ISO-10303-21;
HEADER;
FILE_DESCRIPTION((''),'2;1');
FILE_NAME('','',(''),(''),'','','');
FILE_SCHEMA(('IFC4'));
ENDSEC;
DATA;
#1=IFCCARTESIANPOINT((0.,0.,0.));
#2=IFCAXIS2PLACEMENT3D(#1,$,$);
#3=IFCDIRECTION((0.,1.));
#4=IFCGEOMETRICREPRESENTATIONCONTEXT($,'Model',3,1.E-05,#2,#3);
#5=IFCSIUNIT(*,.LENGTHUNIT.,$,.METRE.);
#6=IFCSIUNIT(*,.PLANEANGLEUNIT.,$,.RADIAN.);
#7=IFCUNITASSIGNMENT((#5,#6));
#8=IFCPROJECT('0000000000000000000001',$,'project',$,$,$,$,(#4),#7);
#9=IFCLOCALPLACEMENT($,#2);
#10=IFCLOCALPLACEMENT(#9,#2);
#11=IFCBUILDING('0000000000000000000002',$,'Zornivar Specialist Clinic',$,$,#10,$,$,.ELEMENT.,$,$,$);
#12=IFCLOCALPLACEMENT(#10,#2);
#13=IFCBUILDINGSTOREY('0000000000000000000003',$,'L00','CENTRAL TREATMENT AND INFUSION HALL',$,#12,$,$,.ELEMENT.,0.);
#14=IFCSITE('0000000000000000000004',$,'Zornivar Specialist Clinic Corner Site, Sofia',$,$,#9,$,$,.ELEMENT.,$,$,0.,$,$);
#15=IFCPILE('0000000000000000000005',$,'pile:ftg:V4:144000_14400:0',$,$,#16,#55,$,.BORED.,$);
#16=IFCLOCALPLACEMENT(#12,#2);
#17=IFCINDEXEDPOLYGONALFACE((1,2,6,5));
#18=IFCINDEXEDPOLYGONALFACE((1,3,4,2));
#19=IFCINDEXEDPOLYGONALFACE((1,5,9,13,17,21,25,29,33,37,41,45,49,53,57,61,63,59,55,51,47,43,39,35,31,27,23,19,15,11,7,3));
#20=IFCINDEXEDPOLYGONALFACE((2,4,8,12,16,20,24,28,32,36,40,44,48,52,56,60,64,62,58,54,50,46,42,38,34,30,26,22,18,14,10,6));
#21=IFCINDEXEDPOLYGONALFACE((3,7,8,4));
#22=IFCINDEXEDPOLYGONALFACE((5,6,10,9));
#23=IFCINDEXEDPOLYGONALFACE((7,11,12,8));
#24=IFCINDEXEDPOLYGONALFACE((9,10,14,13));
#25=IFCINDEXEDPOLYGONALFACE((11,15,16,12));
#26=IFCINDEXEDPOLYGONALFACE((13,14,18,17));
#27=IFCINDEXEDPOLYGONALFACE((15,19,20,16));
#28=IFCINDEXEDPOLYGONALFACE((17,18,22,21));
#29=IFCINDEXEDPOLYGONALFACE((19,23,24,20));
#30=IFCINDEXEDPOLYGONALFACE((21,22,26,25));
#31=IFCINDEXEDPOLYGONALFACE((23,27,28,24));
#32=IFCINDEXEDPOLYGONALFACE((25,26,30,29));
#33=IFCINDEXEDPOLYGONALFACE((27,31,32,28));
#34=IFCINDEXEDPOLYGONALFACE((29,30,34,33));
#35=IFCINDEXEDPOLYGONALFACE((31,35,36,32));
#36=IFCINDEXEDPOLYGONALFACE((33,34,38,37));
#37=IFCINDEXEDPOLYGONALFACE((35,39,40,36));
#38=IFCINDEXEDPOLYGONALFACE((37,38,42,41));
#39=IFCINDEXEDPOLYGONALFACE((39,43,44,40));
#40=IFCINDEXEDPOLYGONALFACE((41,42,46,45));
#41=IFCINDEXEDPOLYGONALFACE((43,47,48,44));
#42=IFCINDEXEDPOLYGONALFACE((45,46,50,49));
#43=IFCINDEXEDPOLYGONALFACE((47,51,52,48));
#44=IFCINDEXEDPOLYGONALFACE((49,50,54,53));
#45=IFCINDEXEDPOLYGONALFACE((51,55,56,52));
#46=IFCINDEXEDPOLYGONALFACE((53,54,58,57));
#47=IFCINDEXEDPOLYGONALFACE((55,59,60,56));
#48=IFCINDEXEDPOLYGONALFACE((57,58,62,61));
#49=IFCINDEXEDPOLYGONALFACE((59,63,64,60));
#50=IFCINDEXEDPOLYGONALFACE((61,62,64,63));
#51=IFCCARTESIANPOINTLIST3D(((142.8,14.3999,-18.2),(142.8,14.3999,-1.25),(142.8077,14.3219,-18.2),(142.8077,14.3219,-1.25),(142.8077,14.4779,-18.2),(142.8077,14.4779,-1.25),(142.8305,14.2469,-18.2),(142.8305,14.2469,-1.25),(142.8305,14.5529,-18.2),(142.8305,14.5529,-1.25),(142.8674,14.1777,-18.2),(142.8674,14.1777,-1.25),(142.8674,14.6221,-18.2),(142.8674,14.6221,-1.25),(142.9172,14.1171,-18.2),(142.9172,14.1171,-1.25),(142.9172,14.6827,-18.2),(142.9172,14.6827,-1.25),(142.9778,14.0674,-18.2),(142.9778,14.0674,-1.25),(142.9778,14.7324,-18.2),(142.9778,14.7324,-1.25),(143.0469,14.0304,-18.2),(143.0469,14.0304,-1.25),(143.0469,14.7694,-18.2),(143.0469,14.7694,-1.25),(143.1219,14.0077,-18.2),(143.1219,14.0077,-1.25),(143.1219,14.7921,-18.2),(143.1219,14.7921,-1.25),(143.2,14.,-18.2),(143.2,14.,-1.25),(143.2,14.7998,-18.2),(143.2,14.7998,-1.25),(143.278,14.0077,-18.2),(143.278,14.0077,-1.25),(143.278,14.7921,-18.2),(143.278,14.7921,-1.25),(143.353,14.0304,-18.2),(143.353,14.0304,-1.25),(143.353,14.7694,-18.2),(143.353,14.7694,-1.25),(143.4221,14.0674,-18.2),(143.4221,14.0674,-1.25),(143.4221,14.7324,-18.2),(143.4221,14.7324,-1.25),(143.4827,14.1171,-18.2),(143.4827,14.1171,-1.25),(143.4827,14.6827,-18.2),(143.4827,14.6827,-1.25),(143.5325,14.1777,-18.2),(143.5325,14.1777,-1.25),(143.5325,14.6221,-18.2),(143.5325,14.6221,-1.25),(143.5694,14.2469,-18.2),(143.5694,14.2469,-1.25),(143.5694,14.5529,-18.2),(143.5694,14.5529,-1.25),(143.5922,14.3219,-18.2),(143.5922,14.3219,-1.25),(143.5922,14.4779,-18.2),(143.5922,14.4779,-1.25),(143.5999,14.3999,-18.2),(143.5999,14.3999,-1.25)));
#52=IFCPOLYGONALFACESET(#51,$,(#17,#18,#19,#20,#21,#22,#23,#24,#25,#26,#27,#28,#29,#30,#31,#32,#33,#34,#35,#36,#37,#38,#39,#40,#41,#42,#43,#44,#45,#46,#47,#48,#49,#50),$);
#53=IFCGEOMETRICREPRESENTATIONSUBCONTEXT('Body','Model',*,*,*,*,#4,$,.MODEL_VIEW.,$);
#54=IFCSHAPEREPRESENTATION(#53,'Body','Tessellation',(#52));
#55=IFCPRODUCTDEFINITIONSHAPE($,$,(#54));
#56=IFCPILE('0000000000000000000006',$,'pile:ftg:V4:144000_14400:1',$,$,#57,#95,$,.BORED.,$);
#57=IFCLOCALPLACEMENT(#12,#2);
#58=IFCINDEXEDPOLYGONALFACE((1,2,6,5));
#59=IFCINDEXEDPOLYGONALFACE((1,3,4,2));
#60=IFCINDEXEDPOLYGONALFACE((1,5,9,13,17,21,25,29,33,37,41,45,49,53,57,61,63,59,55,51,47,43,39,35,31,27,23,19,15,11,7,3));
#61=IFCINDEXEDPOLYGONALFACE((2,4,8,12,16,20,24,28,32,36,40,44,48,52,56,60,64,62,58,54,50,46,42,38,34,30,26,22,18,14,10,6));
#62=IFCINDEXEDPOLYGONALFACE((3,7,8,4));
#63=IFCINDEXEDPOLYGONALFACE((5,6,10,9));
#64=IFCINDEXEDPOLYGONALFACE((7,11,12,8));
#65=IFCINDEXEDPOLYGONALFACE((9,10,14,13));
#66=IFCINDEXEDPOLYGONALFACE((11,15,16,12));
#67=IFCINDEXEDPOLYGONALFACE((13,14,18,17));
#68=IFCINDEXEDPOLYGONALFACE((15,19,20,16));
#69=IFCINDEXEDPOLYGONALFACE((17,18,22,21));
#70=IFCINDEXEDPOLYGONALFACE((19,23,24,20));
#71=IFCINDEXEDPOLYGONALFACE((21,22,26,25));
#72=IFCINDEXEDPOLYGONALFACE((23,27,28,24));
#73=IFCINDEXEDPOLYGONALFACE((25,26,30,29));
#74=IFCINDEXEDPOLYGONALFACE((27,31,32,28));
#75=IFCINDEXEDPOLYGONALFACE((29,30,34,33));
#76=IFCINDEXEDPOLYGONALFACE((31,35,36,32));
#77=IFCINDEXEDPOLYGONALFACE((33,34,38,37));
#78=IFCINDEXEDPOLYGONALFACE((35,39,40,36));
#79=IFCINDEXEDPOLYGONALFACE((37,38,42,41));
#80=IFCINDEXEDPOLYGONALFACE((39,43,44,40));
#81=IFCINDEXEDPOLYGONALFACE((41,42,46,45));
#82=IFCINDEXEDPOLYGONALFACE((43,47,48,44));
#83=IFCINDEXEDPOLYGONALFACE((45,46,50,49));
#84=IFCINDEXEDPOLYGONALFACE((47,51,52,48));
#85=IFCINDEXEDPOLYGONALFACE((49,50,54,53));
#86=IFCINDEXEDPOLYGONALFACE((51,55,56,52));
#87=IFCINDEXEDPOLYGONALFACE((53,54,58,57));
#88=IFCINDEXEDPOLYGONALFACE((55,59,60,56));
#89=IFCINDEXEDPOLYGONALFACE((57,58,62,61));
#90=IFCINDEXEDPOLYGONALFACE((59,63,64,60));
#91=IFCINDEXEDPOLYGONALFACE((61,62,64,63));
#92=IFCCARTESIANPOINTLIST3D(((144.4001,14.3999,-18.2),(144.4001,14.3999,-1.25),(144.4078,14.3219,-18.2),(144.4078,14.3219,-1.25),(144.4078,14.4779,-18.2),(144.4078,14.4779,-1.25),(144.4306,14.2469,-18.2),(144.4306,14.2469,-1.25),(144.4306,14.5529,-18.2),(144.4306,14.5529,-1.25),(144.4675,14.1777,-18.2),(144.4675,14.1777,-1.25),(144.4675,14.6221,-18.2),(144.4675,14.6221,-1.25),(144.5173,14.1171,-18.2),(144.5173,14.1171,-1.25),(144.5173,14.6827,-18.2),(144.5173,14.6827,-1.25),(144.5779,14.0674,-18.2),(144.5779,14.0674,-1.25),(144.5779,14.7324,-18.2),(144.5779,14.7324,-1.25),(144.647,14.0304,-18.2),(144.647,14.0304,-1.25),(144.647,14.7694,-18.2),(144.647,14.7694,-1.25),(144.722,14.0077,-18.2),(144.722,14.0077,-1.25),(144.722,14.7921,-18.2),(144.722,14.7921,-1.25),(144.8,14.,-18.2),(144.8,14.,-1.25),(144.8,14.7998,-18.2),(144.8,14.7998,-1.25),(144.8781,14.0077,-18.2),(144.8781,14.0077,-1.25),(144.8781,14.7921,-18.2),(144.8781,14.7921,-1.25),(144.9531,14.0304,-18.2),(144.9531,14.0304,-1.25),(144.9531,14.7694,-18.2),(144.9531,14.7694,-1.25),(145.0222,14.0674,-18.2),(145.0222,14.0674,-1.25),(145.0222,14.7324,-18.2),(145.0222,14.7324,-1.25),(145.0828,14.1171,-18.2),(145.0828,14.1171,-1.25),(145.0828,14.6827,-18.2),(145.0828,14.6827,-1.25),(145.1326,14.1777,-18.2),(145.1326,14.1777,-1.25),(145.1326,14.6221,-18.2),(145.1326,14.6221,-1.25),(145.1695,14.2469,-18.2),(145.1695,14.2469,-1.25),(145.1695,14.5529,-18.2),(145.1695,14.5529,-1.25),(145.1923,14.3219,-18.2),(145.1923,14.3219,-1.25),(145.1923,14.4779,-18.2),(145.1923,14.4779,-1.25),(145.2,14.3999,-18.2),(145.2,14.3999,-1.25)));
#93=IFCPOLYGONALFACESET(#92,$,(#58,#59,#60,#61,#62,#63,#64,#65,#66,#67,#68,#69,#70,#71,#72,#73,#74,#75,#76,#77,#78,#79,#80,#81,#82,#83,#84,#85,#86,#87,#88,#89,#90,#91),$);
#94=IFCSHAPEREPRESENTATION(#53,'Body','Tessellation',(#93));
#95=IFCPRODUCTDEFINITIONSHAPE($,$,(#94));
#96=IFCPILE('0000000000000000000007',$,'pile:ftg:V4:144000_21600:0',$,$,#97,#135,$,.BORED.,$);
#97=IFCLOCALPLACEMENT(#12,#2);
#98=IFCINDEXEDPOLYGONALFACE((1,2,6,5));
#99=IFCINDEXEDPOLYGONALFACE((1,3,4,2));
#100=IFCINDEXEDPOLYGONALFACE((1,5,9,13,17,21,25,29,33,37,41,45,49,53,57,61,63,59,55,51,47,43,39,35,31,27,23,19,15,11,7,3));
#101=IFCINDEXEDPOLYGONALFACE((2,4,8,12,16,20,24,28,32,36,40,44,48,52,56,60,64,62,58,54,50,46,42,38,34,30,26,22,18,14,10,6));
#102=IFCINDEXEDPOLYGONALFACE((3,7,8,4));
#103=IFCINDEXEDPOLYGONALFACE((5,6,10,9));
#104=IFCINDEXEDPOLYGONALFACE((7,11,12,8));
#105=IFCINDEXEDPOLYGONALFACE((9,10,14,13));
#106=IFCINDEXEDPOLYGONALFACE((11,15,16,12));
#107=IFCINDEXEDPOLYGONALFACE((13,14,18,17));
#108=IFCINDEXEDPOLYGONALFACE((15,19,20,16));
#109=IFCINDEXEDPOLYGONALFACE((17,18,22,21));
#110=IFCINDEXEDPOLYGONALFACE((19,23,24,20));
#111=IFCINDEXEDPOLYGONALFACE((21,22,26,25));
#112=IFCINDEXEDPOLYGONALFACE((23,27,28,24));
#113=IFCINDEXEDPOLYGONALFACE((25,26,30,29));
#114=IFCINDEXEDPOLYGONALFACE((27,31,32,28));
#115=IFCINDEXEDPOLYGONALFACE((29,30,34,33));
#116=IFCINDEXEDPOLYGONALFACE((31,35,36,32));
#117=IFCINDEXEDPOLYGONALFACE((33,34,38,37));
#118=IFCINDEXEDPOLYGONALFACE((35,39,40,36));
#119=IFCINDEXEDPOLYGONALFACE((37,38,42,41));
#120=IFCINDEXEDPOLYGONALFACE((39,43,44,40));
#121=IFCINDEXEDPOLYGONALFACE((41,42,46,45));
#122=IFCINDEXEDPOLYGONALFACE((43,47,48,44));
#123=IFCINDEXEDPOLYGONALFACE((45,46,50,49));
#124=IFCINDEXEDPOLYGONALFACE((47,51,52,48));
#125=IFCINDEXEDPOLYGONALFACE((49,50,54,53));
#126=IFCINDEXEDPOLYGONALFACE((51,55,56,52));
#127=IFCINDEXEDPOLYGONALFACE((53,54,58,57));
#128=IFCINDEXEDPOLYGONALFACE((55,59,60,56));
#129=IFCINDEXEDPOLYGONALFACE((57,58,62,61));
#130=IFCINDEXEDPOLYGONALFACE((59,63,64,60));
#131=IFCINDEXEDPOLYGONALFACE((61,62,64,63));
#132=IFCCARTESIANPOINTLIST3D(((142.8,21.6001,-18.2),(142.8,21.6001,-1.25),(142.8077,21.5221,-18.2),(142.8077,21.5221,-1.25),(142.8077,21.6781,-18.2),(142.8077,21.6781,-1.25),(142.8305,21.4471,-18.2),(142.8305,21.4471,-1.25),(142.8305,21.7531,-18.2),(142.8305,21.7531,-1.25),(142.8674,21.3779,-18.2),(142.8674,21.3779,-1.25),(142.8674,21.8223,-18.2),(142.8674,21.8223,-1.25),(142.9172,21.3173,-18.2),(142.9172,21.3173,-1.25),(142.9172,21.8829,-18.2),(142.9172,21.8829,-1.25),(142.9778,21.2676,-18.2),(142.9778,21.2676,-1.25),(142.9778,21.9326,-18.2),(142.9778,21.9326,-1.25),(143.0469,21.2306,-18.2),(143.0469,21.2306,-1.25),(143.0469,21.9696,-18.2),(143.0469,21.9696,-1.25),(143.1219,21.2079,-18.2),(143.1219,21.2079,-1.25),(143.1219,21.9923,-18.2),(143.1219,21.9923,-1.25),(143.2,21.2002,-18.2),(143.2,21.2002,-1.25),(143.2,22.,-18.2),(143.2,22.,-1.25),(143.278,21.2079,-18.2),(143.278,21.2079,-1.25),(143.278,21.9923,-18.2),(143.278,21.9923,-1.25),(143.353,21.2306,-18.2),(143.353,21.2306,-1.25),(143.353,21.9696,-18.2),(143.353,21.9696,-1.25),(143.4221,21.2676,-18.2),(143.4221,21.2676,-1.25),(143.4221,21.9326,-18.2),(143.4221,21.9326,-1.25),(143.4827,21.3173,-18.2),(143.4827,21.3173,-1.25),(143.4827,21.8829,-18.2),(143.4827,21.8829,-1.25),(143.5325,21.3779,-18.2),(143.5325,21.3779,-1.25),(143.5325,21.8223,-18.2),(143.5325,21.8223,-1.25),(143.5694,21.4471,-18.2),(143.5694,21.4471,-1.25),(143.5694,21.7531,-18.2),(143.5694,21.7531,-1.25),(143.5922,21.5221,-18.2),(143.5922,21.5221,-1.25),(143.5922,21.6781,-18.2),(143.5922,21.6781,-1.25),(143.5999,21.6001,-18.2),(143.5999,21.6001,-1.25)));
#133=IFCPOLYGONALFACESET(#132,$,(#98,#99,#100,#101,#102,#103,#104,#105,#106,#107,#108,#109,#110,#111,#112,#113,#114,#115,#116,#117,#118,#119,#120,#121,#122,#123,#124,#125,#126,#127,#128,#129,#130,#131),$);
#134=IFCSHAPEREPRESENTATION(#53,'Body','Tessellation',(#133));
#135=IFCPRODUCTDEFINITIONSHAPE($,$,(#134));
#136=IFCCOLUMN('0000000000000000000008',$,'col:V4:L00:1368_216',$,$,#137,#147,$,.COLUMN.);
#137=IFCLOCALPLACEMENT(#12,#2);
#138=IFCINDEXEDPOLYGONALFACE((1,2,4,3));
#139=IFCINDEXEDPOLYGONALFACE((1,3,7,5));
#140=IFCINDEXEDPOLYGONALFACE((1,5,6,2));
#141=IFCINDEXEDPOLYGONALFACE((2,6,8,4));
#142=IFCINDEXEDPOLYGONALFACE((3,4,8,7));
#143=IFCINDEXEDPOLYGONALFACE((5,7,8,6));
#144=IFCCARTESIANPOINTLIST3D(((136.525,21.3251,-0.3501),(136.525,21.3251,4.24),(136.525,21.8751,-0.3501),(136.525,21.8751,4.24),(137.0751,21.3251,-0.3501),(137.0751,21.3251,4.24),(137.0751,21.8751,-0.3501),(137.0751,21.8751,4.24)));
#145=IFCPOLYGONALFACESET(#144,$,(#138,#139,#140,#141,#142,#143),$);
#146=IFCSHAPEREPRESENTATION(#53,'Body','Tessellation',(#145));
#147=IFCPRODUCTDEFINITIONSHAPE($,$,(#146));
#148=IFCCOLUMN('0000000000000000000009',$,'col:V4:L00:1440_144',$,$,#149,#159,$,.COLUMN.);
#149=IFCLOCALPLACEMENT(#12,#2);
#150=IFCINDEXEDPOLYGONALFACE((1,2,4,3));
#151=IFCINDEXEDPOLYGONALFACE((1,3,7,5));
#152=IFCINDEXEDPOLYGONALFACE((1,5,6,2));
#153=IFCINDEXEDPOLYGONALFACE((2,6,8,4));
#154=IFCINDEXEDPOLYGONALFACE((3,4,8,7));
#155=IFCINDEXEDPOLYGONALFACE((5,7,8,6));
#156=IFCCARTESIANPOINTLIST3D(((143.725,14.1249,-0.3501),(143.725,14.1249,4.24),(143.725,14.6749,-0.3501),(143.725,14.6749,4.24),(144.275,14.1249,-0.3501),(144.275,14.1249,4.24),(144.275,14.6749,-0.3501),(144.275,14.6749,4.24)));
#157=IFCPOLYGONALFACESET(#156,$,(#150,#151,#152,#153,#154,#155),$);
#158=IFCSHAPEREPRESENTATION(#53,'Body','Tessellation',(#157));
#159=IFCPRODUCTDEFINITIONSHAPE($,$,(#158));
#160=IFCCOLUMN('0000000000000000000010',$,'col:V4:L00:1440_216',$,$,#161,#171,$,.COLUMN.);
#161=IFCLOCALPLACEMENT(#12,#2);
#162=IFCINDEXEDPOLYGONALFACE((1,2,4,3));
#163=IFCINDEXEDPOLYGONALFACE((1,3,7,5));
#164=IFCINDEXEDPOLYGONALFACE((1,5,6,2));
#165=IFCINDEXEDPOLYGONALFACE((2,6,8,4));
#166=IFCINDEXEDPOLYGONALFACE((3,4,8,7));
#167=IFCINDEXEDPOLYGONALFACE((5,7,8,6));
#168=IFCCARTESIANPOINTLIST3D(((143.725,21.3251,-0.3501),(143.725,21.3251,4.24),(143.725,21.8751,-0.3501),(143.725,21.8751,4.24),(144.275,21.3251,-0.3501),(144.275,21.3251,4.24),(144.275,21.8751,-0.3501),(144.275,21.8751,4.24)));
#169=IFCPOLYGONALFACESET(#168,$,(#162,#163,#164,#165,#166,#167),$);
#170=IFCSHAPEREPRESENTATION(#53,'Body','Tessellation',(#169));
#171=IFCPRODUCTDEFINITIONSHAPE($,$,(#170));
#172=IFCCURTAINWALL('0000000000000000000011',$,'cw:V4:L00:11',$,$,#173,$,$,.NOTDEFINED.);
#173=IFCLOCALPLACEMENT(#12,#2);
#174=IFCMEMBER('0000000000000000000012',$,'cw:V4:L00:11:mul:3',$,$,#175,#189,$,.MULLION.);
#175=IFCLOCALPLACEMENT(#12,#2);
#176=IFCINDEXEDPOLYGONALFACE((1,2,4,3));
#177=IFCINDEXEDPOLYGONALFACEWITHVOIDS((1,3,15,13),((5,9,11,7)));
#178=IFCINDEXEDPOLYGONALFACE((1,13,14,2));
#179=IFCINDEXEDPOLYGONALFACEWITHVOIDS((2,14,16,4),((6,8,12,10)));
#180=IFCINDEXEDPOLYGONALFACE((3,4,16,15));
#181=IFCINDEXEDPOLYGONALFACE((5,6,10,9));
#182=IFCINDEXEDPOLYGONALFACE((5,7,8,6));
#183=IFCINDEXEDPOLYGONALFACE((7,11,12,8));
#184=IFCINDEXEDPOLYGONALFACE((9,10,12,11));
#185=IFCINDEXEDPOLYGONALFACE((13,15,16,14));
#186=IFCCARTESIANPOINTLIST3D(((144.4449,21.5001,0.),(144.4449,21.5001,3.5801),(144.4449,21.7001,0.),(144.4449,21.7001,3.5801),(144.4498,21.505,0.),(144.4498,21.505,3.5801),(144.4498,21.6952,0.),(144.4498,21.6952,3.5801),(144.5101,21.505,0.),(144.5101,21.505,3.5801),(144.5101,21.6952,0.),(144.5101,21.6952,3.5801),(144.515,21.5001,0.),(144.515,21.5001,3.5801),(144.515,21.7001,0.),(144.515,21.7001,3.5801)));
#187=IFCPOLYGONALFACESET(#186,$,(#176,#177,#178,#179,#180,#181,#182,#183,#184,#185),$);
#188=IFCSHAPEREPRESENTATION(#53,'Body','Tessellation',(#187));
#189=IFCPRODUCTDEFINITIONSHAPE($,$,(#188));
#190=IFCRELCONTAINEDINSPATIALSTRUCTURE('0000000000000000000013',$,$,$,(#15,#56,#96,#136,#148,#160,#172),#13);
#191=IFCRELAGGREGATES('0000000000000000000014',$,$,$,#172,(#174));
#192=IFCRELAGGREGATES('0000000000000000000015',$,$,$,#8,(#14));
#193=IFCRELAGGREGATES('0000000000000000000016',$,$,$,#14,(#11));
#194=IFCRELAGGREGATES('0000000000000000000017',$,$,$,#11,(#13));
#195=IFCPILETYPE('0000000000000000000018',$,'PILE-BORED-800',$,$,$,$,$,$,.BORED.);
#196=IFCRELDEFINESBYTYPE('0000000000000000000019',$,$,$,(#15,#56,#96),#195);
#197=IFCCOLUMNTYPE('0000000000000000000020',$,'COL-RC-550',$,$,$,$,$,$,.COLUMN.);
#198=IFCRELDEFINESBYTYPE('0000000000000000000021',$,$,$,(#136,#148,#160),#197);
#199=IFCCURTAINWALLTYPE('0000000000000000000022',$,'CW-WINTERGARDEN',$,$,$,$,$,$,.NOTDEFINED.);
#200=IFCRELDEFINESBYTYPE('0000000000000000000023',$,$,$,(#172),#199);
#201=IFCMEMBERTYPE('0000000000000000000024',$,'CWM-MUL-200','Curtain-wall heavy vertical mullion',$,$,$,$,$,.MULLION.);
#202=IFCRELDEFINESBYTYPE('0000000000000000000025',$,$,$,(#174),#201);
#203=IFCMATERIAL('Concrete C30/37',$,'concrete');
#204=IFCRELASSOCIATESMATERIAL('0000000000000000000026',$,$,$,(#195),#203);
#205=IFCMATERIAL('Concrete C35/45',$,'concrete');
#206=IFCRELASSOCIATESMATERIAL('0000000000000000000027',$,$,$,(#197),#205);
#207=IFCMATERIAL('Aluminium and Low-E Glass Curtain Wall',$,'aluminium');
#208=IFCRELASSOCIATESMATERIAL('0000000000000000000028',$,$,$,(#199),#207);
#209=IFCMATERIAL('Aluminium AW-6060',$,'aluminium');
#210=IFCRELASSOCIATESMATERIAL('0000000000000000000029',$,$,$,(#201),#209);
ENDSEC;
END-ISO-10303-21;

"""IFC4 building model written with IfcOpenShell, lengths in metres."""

from ifc_helpers import new_model, si_unit, direction, frame, origin, origin_2d, place, context, subcontext, project, spatial, rectangle, hollow_rectangle, circle, extrude, material, material_profile, profile_set, type_object, element, aggregate, save


model = new_model("IFC4")

# Units and contexts
model_context = context("Model", 3, precision=1e-05, world=origin(), true_north=direction((0.0, 1.0)))
body_context = subcontext(model_context, "Body", "Model", "MODEL_VIEW")
ifc_project = project(units=[si_unit("LENGTHUNIT", "METRE"), si_unit("PLANEANGLEUNIT", "RADIAN")], contexts=[model_context])

# Site, building, storey
site_placement = place(None, origin())
site = spatial("IfcSite", under=ifc_project, at=site_placement, Name="Zornivar Specialist Clinic Corner Site, Sofia", CompositionType="ELEMENT", RefElevation=0.0)
building_placement = place(site_placement, origin())
building = spatial("IfcBuilding", under=site, at=building_placement, Name="Zornivar Specialist Clinic", CompositionType="ELEMENT")
storey_placement = place(building_placement, origin())
storey = spatial("IfcBuildingStorey", under=building, at=storey_placement, Name="L00", Description="CENTRAL TREATMENT AND INFUSION HALL", CompositionType="ELEMENT", Elevation=0.0)

# Piles
ifc_material_1 = material(Name="Concrete C30/37", Category="concrete")
ifc_material_profile_1 = material_profile(ifc_material_1, circle(Radius=0.3999, at=origin_2d()), Name="PILE D800")
ifc_profile_set_1 = profile_set([ifc_material_profile_1], Name="Concrete C30/37")
pile_type = type_object("IfcPileType", Name="PILE-BORED-800", PredefinedType="BORED", material=ifc_profile_set_1)
for number, where, z_axis, x_axis, name in (
    (1, (143.2, 14.3999, -1.25), (0.0, 0.0, -1.0), (1.0, 0.0, 0.0), "pile:ftg:V4:144000_14400:0"),
    (2, (144.8, 14.3999, -1.25), (0.0, 0.0, -1.0), (1.0, 0.0, 0.0), "pile:ftg:V4:144000_14400:1"),
    (3, (143.2, 21.6001, -1.25), (0.0, 0.0, -1.0), (1.0, 0.0, 0.0), "pile:ftg:V4:144000_21600:0"),
):
    element("IfcPile", number, at=place(storey_placement, frame(where, z_axis=z_axis, x_axis=x_axis)), inside=storey, type_object=pile_type, Name=name, PredefinedType="BORED", context=body_context, shape_type="SweptSolid", body=[
        extrude(circle(Radius=0.3999, at=origin_2d()), origin(), (0.0, 0.0, 1.0), 16.95),
    ])

# Columns
ifc_material_2 = material(Name="Concrete C35/45", Category="concrete")
ifc_material_profile_2 = material_profile(ifc_material_2, rectangle(XDim=0.55, YDim=0.55, at=origin_2d()), Name="RC 550x550")
ifc_profile_set_2 = profile_set([ifc_material_profile_2], Name="Concrete C35/45")
column_type = type_object("IfcColumnType", Name="COL-RC-550", PredefinedType="COLUMN", material=ifc_profile_set_2)
for number, where, z_axis, x_axis, name in (
    (4, (136.8, 21.6001, -0.3501), (0.0, 0.0, 1.0), (1.0, 0.0, 0.0), "col:V4:L00:1368_216"),
    (5, (144.0, 14.3999, -0.3501), (0.0, 0.0, 1.0), (1.0, 0.0, 0.0), "col:V4:L00:1440_144"),
    (6, (144.0, 21.6001, -0.3501), (0.0, 0.0, 1.0), (1.0, 0.0, 0.0), "col:V4:L00:1440_216"),
):
    element("IfcColumn", number, at=place(storey_placement, frame(where, z_axis=z_axis, x_axis=x_axis)), inside=storey, type_object=column_type, Name=name, PredefinedType="COLUMN", context=body_context, shape_type="SweptSolid", body=[
        extrude(rectangle(XDim=0.55, YDim=0.55, at=origin_2d()), origin(), (0.0, 0.0, 1.0), 4.5901),
    ])

# Curtain wall, member
ifc_material_3 = material(Name="Aluminium and Low-E Glass Curtain Wall", Category="aluminium")
curtain_wall_type = type_object("IfcCurtainWallType", Name="CW-WINTERGARDEN", PredefinedType="NOTDEFINED", material=ifc_material_3)
curtain_wall_placement = place(storey_placement, origin())
curtain_wall = element("IfcCurtainWall", 7, at=curtain_wall_placement, inside=storey, type_object=curtain_wall_type, Name="cw:V4:L00:11", PredefinedType="NOTDEFINED")
ifc_material_4 = material(Name="Aluminium AW-6060", Category="aluminium")
ifc_material_profile_3 = material_profile(ifc_material_4, hollow_rectangle(XDim=0.0701, YDim=0.2, WallThickness=0.0049, at=origin_2d()), Name="ALU 70x200x5")
ifc_profile_set_3 = profile_set([ifc_material_profile_3], Name="Aluminium AW-6060")
member_type = type_object("IfcMemberType", Name="CWM-MUL-200", Description="Curtain-wall heavy vertical mullion", PredefinedType="MULLION", material=ifc_profile_set_3)
member_placement = place(storey_placement, frame((144.48, 21.6001, 0.0), z_axis=(0.0, 0.0, 1.0), x_axis=(1.0, 0.0, 0.0)))
member = element("IfcMember", 8, at=member_placement, type_object=member_type, Name="cw:V4:L00:11:mul:3", PredefinedType="MULLION", context=body_context, shape_type="SweptSolid", body=[
    extrude(hollow_rectangle(XDim=0.0701, YDim=0.2, WallThickness=0.0049, at=origin_2d()), origin(), (0.0, 0.0, 1.0), 3.5801),
])
aggregate(curtain_wall, [member])

save(model, "model.ifc")
